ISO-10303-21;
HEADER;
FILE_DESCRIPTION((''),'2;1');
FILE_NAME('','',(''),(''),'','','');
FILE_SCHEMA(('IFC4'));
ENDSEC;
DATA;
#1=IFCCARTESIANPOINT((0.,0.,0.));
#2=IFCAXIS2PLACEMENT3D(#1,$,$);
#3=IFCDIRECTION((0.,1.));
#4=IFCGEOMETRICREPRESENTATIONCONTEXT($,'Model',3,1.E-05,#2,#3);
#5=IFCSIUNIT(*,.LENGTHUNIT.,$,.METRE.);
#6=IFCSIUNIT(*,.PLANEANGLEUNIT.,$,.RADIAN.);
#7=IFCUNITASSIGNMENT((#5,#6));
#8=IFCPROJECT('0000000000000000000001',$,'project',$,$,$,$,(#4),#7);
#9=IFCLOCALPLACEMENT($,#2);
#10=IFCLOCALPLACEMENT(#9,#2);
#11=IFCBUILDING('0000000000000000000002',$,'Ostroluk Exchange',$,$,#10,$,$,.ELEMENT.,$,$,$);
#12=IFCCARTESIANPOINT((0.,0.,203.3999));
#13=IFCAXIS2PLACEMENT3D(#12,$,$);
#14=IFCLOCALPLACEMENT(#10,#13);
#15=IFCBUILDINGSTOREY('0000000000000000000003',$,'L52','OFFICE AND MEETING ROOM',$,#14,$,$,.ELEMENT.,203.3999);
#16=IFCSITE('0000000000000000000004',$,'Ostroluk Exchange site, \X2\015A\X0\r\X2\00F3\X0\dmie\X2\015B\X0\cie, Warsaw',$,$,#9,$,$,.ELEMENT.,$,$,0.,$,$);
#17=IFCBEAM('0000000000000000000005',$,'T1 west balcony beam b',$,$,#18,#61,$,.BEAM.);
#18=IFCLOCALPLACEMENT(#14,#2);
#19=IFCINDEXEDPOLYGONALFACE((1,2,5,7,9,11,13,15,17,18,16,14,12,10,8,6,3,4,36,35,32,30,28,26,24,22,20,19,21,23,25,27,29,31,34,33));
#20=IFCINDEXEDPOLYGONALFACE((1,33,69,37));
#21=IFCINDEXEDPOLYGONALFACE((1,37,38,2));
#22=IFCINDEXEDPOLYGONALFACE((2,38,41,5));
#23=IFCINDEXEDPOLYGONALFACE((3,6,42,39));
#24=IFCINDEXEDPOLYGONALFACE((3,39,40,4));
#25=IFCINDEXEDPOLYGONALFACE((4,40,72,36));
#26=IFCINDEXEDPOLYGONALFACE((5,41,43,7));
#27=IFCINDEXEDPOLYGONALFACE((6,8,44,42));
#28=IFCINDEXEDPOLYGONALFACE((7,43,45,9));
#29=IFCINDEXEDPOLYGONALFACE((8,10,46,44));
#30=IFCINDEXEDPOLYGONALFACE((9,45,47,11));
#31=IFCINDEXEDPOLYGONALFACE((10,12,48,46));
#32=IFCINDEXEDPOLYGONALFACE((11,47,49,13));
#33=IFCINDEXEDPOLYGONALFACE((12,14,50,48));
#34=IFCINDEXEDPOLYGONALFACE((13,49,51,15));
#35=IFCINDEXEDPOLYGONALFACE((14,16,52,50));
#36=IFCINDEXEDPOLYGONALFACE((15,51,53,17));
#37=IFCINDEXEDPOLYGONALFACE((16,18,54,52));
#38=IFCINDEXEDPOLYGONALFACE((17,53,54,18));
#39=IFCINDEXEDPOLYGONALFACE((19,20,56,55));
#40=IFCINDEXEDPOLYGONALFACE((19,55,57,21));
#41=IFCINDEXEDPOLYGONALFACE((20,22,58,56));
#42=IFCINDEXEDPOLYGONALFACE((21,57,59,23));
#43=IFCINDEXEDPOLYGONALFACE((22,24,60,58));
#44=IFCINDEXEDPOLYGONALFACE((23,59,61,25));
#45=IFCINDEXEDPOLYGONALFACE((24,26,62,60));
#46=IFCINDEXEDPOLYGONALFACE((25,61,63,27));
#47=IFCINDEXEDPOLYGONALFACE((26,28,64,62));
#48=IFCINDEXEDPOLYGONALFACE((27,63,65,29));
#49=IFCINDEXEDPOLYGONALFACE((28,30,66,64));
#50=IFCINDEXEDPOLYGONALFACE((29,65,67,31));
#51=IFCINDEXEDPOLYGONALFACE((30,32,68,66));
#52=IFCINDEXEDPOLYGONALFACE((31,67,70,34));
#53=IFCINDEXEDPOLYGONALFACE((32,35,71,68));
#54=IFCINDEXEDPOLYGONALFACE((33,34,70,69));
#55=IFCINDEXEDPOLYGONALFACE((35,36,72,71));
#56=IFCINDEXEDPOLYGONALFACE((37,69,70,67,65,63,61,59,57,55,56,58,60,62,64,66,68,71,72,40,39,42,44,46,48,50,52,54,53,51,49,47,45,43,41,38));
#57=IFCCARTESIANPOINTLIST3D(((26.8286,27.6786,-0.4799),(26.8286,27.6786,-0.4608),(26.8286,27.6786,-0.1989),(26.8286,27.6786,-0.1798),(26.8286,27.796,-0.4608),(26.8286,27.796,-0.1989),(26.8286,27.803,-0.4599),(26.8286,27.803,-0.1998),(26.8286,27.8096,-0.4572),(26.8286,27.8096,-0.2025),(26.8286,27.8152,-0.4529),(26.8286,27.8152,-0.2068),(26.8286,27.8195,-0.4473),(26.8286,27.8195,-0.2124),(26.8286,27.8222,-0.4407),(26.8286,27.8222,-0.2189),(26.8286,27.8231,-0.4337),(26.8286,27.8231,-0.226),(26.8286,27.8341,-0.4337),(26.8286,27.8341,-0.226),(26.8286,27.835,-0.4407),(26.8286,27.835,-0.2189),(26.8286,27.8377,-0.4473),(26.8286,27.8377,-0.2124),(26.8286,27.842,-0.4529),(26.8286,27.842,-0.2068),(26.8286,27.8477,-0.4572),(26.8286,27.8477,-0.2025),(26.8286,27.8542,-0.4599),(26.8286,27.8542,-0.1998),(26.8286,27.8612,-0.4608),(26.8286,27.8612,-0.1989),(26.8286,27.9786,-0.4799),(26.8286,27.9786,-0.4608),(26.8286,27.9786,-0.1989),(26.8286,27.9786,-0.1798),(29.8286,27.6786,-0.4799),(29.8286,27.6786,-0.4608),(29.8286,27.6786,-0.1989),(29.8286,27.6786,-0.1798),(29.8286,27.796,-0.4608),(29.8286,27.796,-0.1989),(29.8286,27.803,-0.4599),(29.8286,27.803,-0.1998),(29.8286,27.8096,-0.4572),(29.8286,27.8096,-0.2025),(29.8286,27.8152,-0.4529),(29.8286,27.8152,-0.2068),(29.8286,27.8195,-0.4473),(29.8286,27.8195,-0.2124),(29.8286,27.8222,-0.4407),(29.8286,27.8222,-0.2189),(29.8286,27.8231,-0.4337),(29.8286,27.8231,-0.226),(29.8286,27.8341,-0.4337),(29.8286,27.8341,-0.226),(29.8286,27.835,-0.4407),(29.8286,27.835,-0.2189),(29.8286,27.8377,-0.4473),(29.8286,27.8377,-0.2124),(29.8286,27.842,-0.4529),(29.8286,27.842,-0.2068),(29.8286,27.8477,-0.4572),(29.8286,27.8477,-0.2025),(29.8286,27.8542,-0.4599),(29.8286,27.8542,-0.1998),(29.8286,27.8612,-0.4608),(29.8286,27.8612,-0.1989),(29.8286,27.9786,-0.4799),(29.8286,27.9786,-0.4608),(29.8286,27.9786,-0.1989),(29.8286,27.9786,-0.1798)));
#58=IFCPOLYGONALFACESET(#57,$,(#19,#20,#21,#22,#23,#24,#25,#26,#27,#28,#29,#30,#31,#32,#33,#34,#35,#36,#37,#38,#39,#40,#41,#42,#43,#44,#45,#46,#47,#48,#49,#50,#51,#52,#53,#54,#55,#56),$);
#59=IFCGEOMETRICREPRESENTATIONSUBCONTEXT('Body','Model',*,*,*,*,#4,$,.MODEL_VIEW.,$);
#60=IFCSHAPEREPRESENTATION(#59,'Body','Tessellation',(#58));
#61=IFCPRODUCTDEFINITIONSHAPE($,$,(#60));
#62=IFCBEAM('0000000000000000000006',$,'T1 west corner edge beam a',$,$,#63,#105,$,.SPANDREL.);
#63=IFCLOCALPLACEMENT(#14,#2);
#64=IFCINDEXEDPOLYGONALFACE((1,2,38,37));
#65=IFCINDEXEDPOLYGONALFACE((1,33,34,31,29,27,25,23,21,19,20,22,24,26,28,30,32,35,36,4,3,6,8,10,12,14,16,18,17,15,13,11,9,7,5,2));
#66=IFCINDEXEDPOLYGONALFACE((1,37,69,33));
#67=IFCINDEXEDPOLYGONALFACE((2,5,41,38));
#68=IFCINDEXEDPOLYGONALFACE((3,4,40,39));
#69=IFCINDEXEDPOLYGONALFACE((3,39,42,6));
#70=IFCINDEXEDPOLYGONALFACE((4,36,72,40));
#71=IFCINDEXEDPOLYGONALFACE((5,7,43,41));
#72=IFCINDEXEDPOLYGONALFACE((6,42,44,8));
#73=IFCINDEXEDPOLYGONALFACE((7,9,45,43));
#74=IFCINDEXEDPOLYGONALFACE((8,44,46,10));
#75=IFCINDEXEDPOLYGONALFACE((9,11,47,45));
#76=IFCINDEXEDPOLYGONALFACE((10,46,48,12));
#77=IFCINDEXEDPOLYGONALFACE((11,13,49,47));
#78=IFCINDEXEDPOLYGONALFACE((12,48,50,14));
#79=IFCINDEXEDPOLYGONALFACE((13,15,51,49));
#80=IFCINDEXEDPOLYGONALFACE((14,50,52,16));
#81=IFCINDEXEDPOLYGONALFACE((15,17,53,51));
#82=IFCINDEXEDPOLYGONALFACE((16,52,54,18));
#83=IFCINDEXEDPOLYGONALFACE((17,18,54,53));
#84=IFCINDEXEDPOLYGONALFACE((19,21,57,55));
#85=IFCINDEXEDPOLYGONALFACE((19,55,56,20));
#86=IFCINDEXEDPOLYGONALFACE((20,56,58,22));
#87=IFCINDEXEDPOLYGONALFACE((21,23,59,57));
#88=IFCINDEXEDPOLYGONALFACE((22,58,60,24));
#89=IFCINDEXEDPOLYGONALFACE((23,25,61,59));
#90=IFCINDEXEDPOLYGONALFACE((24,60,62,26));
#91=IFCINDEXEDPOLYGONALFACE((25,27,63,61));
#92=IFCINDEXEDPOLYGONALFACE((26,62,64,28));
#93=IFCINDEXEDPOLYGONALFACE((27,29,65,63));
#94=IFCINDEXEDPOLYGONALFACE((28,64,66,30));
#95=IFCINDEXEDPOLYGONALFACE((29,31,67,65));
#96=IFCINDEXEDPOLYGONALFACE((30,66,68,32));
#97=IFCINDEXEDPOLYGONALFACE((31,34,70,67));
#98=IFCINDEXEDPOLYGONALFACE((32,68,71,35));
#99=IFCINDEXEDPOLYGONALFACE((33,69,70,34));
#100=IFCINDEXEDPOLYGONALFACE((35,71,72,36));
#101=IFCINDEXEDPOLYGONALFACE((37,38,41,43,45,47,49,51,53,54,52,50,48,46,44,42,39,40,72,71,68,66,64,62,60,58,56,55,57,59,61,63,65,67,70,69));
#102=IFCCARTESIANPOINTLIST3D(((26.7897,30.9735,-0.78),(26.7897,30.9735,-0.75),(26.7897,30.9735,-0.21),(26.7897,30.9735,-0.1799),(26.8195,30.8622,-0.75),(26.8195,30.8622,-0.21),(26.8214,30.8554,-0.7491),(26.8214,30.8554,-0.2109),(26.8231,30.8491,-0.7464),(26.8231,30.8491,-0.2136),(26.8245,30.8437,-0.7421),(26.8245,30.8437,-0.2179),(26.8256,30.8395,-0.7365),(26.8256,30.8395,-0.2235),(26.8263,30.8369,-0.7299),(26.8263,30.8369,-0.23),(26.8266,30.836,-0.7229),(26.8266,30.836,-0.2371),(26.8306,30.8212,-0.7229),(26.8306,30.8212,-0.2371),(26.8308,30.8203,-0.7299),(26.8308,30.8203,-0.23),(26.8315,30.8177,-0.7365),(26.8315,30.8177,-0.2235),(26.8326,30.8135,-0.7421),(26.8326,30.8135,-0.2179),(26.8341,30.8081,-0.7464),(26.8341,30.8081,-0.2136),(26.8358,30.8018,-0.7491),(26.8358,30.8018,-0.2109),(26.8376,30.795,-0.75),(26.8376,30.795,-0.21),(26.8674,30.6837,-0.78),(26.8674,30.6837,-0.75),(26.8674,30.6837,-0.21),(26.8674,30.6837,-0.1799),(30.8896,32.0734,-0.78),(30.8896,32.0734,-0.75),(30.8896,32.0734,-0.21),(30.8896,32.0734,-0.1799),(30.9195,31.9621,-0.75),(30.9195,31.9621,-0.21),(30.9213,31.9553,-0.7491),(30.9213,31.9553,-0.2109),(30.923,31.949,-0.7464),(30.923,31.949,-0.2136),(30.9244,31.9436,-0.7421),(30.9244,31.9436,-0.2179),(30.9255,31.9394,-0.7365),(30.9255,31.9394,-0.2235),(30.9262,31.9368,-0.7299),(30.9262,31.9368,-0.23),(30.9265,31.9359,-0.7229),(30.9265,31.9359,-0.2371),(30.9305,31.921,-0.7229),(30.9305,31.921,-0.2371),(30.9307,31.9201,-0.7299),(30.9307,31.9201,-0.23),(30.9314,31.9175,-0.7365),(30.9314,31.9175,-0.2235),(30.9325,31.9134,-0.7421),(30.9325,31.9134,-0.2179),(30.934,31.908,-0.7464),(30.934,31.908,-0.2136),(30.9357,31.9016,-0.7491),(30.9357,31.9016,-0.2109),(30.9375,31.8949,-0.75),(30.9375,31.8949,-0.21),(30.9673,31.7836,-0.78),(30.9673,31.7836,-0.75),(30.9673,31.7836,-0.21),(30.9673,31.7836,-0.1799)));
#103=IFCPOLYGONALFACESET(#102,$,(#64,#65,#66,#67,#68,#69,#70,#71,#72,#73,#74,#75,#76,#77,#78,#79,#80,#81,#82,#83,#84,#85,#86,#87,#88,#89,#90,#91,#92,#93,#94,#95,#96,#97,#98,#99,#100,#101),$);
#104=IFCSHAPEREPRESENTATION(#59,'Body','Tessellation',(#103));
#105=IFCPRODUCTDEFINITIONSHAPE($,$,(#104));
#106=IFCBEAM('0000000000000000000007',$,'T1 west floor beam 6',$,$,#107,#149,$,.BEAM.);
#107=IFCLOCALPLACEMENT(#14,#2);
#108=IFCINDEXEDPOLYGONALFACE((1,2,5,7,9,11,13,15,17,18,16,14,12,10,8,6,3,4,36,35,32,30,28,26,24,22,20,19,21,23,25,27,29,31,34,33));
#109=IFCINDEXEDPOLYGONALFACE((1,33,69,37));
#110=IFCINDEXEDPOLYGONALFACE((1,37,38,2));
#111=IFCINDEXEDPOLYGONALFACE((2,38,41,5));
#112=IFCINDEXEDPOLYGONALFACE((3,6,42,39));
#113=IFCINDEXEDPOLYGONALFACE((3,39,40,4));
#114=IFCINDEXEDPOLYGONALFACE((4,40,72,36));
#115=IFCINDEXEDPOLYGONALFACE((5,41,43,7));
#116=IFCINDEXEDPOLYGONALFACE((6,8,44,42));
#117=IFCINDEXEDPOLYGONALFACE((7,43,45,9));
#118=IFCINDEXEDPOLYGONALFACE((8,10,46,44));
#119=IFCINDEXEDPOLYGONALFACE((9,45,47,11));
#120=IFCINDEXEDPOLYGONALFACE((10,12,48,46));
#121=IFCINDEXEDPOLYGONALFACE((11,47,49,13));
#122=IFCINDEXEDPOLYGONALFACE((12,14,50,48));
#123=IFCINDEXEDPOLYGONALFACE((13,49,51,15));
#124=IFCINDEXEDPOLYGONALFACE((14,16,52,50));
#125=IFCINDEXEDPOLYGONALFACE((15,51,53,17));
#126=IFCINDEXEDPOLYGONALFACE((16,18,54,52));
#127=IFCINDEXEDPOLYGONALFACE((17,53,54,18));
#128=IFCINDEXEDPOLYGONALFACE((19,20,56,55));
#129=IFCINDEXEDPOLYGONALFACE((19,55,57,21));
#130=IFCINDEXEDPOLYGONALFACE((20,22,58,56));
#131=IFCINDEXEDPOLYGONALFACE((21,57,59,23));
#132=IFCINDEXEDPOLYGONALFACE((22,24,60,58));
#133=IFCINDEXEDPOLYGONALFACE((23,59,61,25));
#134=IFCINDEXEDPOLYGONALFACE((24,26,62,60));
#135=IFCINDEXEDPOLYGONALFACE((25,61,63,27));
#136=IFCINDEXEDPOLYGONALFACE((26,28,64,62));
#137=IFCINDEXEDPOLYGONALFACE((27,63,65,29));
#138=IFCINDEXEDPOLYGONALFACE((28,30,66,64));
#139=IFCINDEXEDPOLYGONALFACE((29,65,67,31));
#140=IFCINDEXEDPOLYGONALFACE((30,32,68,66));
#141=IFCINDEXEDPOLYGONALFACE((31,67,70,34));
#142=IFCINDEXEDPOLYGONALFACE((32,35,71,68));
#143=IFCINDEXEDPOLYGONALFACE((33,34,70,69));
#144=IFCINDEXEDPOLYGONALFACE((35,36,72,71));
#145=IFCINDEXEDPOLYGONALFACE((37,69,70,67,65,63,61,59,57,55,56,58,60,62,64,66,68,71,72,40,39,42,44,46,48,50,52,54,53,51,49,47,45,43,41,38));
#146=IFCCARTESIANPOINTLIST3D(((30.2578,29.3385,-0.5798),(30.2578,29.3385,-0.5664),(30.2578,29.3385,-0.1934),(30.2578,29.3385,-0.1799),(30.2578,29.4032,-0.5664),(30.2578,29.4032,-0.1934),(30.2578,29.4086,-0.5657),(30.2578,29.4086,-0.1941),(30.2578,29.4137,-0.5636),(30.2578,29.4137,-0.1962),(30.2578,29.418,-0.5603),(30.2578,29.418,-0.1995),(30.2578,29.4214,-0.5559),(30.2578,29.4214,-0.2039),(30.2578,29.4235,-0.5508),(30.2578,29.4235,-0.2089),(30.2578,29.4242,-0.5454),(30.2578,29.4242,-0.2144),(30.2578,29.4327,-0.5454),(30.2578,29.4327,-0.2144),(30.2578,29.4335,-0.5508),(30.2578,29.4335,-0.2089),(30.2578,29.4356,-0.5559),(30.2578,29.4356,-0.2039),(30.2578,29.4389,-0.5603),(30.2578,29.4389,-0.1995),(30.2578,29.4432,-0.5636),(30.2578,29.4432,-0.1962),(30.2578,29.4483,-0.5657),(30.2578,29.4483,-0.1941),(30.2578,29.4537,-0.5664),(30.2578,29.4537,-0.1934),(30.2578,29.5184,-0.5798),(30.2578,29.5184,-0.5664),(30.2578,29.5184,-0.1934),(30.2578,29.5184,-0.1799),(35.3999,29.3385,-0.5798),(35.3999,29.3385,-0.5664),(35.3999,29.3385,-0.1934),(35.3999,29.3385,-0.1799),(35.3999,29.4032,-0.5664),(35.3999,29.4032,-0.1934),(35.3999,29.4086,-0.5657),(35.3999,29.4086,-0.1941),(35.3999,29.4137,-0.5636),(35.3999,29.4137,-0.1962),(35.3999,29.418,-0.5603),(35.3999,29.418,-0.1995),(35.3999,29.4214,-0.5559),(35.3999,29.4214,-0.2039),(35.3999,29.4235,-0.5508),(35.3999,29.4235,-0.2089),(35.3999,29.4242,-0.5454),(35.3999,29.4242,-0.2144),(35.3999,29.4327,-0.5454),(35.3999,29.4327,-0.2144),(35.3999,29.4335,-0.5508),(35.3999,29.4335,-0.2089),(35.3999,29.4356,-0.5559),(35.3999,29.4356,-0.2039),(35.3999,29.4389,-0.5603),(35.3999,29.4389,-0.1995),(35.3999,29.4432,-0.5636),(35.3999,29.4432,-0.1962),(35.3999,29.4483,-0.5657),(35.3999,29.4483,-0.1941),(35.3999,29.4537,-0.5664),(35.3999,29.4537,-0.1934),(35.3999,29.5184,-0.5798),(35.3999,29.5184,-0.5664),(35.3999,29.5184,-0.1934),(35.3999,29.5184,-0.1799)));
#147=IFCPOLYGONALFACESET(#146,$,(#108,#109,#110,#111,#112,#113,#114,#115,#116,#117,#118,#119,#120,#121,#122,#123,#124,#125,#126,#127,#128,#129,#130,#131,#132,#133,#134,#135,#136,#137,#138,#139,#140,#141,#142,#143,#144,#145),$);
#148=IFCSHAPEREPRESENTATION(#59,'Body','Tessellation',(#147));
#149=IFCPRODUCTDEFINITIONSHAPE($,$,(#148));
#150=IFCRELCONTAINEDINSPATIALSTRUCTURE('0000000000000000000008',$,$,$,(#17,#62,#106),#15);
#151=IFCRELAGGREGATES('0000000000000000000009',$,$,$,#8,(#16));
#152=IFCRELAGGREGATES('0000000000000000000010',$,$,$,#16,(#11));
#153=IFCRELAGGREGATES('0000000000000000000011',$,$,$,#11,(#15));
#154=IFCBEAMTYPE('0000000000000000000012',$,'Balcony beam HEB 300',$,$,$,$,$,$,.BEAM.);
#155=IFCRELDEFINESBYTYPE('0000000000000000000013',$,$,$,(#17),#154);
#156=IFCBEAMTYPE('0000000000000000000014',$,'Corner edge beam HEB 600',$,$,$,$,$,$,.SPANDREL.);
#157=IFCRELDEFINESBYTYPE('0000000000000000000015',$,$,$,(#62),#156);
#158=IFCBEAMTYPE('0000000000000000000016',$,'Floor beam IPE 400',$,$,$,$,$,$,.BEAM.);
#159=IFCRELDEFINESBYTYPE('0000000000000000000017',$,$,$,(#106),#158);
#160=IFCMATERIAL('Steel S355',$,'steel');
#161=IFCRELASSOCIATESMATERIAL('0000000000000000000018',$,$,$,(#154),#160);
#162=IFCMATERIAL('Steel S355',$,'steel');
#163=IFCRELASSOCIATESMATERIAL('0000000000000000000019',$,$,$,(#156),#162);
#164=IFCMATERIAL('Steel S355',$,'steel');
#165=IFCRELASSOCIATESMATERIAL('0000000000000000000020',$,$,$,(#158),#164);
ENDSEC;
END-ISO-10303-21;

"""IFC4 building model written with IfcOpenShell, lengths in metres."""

from ifc_helpers import new_model, si_unit, direction, frame, origin, origin_2d, place, context, subcontext, project, spatial, i_section, extrude, material, material_profile, profile_set, type_object, element, save


model = new_model("IFC4")

# Units and contexts
model_context = context("Model", 3, precision=1e-05, world=origin(), true_north=direction((0.0, 1.0)))
body_context = subcontext(model_context, "Body", "Model", "MODEL_VIEW")
ifc_project = project(units=[si_unit("LENGTHUNIT", "METRE"), si_unit("PLANEANGLEUNIT", "RADIAN")], contexts=[model_context])

# Site, building, storey
site_placement = place(None, origin())
site = spatial("IfcSite", under=ifc_project, at=site_placement, Name="Ostroluk Exchange site, Śródmieście, Warsaw", CompositionType="ELEMENT", RefElevation=0.0)
building_placement = place(site_placement, origin())
building = spatial("IfcBuilding", under=site, at=building_placement, Name="Ostroluk Exchange", CompositionType="ELEMENT")
storey_placement = place(building_placement, frame((0.0, 0.0, 203.3999)))
storey = spatial("IfcBuildingStorey", under=building, at=storey_placement, Name="L52", Description="OFFICE AND MEETING ROOM", CompositionType="ELEMENT", Elevation=203.3999)

# Beams
ifc_material_1 = material(Name="Steel S355", Category="steel")
ifc_material_profile_1 = material_profile(ifc_material_1, i_section(OverallWidth=0.3, OverallDepth=0.3, WebThickness=0.011, FlangeThickness=0.019, FilletRadius=0.0271, at=origin_2d()), Name="HEB 300")
ifc_profile_set_1 = profile_set([ifc_material_profile_1], Name="Steel S355")
beam_type_1 = type_object("IfcBeamType", Name="Balcony beam HEB 300", PredefinedType="BEAM", material=ifc_profile_set_1)
beam_1_placement = place(storey_placement, frame((29.8286, 27.8286, -0.3298), z_axis=(-1.0, 0.0, 0.0), x_axis=(0.0, -1.0, 0.0)))
element("IfcBeam", 1, at=beam_1_placement, inside=storey, type_object=beam_type_1, Name="T1 west balcony beam b", PredefinedType="BEAM", context=body_context, shape_type="SweptSolid", body=[
    extrude(i_section(OverallWidth=0.3, OverallDepth=0.3, WebThickness=0.011, FlangeThickness=0.019, FilletRadius=0.0271, at=origin_2d()), origin(), (0.0, 0.0, 1.0), 3.0),
])
ifc_material_2 = material(Name="Steel S355", Category="steel")
ifc_material_profile_2 = material_profile(ifc_material_2, i_section(OverallWidth=0.3, OverallDepth=0.6001, WebThickness=0.0154, FlangeThickness=0.03, FilletRadius=0.0271, at=origin_2d()), Name="HEB 600")
ifc_profile_set_2 = profile_set([ifc_material_profile_2], Name="Steel S355")
beam_type_2 = type_object("IfcBeamType", Name="Corner edge beam HEB 600", PredefinedType="SPANDREL", material=ifc_profile_set_2)
beam_2_placement = place(storey_placement, frame((30.9285, 31.9285, -0.48), z_axis=(-0.965849, -0.259105, 0.0), x_axis=(0.259105, -0.965849, 0.0)))
element("IfcBeam", 2, at=beam_2_placement, inside=storey, type_object=beam_type_2, Name="T1 west corner edge beam a", PredefinedType="SPANDREL", context=body_context, shape_type="SweptSolid", body=[
    extrude(i_section(OverallWidth=0.3, OverallDepth=0.6001, WebThickness=0.0154, FlangeThickness=0.03, FilletRadius=0.0271, at=origin_2d()), origin(), (0.0, 0.0, 1.0), 4.2449),
])
ifc_material_3 = material(Name="Steel S355", Category="steel")
ifc_material_profile_3 = material_profile(ifc_material_3, i_section(OverallWidth=0.1799, OverallDepth=0.3999, WebThickness=0.0085, FlangeThickness=0.0134, FilletRadius=0.021, at=origin_2d()), Name="IPE 400")
ifc_profile_set_3 = profile_set([ifc_material_profile_3], Name="Steel S355")
beam_type_3 = type_object("IfcBeamType", Name="Floor beam IPE 400", PredefinedType="BEAM", material=ifc_profile_set_3)
beam_3_placement = place(storey_placement, frame((35.3999, 29.4285, -0.3799), z_axis=(-1.0, 0.0, 0.0), x_axis=(0.0, -1.0, 0.0)))
element("IfcBeam", 3, at=beam_3_placement, inside=storey, type_object=beam_type_3, Name="T1 west floor beam 6", PredefinedType="BEAM", context=body_context, shape_type="SweptSolid", body=[
    extrude(i_section(OverallWidth=0.1799, OverallDepth=0.3999, WebThickness=0.0085, FlangeThickness=0.0134, FilletRadius=0.021, at=origin_2d()), origin(), (0.0, 0.0, 1.0), 5.1421),
])

save(model, "model.ifc")
